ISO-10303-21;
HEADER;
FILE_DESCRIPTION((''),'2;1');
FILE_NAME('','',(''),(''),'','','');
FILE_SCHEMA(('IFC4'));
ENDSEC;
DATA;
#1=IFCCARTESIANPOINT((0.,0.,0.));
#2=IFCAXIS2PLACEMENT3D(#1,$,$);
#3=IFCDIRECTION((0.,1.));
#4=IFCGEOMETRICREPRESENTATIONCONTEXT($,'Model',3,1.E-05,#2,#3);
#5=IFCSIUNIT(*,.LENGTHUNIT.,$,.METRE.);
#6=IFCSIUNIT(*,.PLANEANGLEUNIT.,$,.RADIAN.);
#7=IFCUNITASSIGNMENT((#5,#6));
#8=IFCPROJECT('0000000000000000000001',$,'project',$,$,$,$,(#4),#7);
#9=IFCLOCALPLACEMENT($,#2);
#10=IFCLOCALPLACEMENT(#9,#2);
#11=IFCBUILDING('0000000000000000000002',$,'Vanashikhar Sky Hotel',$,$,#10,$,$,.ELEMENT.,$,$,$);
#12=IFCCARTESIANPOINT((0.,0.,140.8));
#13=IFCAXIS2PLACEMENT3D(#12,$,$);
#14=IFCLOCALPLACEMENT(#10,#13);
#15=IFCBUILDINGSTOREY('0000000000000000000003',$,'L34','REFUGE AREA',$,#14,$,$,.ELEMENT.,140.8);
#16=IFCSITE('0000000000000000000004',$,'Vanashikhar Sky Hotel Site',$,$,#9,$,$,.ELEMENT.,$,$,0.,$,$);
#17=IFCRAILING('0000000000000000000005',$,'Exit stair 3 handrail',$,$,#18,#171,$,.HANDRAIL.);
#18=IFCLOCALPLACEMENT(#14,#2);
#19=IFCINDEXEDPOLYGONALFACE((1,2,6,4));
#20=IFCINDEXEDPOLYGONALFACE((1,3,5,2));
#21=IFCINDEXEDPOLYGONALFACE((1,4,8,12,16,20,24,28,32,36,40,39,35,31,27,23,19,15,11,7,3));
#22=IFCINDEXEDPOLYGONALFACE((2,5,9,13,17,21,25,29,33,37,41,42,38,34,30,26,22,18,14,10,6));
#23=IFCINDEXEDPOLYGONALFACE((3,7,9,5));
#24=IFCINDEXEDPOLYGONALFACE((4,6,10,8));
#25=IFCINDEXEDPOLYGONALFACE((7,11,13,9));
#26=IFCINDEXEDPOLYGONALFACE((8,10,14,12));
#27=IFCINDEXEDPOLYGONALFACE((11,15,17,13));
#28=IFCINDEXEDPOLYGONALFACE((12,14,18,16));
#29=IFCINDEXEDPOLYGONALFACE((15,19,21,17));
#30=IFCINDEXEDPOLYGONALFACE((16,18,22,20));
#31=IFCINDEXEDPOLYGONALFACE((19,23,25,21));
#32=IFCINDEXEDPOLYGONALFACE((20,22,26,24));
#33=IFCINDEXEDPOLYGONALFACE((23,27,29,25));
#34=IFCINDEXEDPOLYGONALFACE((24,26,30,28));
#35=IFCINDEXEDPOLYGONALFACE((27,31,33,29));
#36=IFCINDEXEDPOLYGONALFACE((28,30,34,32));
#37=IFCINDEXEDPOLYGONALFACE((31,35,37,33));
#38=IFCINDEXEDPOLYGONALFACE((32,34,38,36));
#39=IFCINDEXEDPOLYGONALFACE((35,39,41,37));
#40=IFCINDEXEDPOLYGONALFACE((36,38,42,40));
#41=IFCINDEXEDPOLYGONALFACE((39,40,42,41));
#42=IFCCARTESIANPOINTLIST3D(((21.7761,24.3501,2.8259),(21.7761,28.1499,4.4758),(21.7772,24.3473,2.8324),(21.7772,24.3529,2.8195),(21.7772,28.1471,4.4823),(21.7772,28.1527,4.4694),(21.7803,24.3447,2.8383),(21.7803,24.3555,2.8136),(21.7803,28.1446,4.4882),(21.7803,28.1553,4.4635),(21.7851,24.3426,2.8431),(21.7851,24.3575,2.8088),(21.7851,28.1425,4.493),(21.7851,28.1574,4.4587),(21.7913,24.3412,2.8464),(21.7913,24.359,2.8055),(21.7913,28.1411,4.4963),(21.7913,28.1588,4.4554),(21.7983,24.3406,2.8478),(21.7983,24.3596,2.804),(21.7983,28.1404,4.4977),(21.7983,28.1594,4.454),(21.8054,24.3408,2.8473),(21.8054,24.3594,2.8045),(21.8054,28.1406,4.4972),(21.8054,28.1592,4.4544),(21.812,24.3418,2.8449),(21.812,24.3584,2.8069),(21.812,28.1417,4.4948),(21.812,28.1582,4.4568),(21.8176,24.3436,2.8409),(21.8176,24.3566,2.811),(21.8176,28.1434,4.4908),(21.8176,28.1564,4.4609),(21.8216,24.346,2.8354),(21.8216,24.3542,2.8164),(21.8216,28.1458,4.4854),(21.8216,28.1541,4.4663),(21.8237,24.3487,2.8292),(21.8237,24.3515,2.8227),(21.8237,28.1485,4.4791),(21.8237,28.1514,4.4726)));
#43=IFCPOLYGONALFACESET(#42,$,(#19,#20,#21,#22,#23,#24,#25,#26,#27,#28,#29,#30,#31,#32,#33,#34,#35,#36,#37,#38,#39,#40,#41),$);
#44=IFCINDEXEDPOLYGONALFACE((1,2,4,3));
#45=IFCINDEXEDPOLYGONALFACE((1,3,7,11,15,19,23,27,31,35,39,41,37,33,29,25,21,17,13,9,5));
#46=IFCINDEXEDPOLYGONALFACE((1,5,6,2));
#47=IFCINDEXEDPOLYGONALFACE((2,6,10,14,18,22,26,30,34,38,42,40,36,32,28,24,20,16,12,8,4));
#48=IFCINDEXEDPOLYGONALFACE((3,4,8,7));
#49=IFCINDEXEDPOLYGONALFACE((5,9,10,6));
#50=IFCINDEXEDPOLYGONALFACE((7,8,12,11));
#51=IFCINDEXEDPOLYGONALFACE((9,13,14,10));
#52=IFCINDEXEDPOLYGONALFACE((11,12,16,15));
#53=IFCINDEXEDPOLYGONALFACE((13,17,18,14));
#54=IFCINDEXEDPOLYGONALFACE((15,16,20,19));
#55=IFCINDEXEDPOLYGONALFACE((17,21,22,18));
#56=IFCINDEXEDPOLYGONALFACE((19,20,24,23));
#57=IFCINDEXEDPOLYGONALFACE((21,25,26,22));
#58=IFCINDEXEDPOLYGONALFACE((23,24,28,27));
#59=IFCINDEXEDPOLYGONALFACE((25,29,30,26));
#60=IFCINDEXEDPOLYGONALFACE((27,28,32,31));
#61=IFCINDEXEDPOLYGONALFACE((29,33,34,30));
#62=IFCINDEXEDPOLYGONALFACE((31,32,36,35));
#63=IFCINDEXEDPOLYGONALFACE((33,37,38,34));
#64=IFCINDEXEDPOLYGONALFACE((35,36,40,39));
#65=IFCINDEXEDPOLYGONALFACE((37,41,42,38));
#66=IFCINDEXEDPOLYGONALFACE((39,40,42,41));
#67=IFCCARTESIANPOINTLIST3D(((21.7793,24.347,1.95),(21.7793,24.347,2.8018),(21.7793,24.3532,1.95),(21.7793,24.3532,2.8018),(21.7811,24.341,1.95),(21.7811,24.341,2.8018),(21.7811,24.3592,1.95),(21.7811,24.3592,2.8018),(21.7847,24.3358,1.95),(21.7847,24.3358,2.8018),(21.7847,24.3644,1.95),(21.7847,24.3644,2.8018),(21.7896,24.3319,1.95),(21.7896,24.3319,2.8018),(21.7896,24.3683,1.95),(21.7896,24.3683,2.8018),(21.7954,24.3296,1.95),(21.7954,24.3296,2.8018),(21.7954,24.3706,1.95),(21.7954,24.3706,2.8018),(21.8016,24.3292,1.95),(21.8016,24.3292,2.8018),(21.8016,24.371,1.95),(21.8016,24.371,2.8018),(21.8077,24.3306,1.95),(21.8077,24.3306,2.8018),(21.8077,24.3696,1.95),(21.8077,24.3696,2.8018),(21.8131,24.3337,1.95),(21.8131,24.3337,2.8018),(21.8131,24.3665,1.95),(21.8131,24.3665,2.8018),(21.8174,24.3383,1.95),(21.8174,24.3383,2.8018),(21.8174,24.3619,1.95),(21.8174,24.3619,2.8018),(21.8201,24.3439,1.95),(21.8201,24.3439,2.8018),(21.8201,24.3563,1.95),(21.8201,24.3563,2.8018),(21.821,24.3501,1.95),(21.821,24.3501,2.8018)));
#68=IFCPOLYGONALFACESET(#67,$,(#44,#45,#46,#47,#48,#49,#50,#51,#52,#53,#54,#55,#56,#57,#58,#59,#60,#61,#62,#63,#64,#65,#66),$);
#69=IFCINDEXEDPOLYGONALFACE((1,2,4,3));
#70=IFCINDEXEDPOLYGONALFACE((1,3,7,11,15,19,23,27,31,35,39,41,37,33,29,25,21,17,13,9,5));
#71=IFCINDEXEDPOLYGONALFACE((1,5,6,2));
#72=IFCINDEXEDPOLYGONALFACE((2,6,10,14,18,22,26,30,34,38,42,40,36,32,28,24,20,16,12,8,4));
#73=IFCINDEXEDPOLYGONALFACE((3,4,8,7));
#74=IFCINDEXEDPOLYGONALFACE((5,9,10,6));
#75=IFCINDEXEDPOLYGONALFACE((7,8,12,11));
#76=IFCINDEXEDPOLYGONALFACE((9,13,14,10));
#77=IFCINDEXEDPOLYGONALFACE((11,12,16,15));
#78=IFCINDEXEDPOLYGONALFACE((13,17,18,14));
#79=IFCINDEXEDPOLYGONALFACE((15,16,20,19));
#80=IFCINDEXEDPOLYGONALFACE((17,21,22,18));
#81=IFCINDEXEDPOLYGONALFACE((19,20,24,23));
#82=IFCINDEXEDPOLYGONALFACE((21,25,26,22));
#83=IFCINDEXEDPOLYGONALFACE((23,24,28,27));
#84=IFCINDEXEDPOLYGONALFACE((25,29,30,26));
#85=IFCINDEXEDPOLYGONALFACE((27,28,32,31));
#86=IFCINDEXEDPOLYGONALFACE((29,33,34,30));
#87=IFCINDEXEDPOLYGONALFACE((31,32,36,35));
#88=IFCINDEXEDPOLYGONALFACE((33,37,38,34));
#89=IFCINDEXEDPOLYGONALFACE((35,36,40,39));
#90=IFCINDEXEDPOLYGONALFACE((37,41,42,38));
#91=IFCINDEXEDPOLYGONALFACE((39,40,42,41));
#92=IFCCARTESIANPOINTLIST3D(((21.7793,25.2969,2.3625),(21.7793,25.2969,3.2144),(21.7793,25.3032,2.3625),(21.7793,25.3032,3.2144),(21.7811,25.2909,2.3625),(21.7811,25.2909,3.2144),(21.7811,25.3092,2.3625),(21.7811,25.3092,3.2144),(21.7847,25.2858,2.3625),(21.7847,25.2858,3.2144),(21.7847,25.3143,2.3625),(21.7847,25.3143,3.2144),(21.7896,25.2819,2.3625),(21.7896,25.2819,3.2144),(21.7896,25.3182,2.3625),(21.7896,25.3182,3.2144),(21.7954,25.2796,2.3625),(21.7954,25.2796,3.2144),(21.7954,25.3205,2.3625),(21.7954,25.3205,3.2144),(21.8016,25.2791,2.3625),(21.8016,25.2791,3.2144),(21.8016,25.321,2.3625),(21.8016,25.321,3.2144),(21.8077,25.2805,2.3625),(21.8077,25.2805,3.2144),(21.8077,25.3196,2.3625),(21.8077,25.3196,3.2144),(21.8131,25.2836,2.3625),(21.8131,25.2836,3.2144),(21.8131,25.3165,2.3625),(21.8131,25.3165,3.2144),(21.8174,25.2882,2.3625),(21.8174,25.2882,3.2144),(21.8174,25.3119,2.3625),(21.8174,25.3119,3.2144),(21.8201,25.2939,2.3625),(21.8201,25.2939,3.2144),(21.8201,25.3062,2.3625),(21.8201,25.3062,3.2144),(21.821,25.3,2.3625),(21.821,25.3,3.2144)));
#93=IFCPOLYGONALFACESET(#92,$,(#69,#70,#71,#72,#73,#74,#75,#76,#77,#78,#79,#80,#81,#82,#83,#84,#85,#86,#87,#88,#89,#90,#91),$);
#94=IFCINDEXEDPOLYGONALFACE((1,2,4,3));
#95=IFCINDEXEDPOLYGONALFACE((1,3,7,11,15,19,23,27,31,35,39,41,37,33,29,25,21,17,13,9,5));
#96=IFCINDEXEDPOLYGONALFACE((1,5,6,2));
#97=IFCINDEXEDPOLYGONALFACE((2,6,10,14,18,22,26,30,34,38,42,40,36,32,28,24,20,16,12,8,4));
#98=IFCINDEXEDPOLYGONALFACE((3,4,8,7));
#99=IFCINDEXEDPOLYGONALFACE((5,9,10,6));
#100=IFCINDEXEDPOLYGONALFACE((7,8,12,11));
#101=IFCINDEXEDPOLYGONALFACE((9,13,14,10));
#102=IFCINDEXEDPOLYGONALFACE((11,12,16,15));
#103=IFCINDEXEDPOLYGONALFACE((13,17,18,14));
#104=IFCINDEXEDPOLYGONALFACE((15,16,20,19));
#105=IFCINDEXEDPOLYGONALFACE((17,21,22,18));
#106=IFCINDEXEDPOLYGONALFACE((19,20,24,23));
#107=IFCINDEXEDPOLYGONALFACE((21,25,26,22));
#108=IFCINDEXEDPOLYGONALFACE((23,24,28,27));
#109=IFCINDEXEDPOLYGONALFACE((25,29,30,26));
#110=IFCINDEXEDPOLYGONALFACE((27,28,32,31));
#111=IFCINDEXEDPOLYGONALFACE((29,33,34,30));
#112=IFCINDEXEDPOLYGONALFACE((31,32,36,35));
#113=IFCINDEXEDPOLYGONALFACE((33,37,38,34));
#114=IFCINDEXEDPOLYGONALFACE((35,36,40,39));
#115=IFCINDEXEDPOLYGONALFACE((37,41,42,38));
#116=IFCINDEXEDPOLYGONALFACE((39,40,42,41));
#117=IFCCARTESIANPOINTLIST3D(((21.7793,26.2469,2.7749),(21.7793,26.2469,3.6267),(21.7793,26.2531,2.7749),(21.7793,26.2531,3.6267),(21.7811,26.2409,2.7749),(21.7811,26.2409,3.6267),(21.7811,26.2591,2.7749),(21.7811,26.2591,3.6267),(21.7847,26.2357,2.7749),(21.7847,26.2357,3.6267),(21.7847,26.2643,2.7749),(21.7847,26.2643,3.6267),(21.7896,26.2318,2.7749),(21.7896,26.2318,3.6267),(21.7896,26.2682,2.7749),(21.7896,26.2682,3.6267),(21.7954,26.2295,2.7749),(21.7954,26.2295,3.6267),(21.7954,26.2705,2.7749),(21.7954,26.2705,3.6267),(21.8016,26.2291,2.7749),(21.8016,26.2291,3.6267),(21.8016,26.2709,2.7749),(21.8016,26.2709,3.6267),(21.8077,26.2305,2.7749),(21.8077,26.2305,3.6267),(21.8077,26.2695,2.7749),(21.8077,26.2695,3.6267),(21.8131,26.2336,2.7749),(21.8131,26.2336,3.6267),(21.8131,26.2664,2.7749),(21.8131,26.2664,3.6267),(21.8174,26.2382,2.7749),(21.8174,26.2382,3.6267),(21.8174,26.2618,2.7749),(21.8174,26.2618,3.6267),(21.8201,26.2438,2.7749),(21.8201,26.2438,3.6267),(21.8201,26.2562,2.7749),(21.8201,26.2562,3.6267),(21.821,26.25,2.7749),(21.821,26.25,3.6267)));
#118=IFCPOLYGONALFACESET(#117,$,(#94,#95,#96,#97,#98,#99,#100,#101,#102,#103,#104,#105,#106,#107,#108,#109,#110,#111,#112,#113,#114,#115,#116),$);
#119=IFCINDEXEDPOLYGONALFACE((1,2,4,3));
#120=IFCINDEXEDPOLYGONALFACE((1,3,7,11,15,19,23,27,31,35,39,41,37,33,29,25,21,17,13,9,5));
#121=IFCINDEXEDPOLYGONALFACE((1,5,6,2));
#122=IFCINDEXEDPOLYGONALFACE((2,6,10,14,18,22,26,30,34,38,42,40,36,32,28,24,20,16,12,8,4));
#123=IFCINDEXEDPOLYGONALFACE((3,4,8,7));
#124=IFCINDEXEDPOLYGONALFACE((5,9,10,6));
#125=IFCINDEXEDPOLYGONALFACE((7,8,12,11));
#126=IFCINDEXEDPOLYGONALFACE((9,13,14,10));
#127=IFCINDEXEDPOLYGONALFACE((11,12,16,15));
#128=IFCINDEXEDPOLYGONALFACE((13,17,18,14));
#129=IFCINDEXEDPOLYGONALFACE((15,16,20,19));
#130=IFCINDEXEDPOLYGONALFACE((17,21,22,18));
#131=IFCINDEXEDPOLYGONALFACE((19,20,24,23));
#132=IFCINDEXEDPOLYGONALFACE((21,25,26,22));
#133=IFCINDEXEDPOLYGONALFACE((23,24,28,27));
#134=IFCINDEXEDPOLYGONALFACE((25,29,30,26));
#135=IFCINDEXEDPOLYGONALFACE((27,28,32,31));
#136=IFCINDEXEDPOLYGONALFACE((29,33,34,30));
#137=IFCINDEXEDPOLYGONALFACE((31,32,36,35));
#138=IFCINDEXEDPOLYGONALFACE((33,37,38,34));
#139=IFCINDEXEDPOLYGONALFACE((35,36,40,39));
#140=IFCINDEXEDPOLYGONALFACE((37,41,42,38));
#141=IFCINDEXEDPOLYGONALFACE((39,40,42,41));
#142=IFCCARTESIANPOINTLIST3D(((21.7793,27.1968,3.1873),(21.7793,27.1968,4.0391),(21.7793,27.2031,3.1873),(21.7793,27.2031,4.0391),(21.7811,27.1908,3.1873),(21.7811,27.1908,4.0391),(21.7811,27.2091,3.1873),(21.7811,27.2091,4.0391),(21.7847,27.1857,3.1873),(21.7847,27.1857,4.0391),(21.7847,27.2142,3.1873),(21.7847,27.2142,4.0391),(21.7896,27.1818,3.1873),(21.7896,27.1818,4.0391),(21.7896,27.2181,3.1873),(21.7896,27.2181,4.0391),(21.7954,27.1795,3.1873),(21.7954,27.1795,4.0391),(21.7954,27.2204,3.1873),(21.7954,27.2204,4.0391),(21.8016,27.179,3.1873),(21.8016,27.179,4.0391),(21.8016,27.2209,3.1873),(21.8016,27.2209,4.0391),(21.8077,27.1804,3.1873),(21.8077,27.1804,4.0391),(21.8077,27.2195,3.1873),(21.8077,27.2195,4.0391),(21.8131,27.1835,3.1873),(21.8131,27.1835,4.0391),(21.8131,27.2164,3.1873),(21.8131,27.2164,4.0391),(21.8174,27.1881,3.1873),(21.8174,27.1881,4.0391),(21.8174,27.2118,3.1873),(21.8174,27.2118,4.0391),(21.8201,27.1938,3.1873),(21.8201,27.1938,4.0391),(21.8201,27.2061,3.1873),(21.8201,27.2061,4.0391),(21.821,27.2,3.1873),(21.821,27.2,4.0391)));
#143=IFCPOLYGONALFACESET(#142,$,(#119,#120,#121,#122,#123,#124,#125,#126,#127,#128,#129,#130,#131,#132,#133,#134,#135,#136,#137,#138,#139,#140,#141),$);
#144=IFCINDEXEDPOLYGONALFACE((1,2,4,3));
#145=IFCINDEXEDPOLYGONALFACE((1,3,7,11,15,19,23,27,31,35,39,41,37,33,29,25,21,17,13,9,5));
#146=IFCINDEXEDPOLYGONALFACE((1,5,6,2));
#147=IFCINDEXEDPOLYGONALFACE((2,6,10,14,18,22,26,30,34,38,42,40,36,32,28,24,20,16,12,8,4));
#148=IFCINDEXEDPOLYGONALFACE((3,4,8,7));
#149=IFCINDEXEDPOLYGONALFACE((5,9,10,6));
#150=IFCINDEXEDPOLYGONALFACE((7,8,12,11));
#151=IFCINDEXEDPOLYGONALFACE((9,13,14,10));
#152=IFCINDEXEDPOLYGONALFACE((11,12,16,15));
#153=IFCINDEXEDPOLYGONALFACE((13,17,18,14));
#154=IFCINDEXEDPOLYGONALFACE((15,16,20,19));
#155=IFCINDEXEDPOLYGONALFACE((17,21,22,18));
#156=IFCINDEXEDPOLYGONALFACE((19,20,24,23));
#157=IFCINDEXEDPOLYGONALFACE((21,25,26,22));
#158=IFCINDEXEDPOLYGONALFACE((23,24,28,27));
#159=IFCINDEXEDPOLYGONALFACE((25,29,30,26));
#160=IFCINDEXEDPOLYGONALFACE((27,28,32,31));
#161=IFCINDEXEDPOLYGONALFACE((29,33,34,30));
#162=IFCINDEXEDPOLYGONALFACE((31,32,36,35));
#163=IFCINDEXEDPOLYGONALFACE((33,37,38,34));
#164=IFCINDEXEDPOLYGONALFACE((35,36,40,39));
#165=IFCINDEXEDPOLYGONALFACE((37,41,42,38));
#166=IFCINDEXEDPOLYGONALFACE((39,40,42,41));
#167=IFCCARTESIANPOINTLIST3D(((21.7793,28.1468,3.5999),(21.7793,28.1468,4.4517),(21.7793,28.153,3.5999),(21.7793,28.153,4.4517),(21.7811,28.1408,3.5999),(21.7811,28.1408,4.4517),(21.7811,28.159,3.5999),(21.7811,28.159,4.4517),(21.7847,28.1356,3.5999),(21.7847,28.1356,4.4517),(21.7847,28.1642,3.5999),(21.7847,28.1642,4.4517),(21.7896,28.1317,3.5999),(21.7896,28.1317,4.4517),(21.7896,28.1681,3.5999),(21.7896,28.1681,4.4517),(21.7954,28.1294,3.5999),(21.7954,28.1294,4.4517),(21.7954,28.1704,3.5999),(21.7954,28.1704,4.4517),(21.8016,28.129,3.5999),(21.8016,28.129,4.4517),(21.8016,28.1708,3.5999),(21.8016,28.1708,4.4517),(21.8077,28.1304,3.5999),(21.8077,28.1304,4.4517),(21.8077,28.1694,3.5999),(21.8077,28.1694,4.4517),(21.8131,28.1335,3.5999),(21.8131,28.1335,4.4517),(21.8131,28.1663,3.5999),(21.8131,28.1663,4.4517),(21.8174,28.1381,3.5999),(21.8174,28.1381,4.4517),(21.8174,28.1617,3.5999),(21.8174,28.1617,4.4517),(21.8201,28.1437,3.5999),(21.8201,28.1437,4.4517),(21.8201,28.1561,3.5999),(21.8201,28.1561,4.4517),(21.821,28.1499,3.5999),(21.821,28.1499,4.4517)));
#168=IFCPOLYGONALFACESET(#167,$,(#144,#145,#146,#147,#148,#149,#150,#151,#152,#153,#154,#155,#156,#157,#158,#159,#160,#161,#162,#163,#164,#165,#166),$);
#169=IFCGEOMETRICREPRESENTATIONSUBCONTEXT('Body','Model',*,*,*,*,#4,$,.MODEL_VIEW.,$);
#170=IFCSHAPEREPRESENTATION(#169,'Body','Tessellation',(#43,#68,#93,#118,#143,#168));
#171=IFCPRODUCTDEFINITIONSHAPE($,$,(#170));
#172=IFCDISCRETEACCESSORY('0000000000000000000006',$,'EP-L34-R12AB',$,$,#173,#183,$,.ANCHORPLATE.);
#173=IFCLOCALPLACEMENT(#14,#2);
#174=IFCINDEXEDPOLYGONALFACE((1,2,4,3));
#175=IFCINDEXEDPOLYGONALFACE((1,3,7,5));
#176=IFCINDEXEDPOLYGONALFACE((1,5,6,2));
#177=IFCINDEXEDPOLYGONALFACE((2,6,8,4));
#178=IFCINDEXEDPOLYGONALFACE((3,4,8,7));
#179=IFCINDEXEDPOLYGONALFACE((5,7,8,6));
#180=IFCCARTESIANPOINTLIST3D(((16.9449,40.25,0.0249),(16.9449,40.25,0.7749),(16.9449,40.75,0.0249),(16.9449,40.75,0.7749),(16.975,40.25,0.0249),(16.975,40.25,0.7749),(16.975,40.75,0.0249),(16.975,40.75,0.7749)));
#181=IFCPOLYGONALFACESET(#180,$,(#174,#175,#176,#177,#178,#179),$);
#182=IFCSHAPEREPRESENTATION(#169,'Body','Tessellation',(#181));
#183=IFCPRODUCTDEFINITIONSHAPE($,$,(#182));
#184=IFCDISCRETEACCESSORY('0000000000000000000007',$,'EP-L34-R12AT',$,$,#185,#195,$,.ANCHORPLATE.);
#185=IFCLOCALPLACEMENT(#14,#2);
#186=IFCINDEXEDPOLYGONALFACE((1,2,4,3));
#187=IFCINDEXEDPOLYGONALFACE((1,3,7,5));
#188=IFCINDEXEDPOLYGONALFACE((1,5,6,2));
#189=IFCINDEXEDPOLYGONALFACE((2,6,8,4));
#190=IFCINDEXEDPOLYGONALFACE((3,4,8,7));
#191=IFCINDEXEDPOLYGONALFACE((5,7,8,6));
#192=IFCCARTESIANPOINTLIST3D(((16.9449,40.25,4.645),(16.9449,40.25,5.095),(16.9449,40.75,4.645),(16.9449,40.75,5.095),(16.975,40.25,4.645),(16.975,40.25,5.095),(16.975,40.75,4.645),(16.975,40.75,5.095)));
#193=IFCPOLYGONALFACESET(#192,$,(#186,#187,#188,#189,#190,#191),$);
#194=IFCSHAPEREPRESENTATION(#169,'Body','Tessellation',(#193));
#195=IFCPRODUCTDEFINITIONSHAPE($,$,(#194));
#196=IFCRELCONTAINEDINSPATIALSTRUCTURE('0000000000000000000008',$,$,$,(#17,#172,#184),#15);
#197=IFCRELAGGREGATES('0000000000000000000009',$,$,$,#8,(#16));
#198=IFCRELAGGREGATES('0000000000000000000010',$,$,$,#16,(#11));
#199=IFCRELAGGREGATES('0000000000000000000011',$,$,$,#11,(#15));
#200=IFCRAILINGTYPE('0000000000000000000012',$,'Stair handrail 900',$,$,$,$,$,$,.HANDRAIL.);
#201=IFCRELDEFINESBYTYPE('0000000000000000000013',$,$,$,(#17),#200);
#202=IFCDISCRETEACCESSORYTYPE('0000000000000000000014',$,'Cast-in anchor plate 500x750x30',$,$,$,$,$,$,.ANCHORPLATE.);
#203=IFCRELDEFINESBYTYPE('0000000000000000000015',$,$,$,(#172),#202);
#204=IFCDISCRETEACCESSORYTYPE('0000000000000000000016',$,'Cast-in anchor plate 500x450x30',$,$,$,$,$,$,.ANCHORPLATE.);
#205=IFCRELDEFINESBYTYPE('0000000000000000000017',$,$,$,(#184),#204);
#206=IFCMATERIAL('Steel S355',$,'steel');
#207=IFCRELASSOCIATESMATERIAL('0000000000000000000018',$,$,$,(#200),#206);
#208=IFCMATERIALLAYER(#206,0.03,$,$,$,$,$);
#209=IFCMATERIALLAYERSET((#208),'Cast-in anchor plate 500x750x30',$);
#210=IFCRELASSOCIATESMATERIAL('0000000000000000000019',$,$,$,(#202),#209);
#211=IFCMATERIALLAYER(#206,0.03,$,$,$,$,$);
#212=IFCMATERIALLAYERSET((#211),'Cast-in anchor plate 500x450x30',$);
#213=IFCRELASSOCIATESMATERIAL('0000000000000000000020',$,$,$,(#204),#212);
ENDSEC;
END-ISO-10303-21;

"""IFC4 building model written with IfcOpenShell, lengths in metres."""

from ifc_helpers import new_model, si_unit, direction, frame, origin, origin_2d, place, context, subcontext, project, spatial, rectangle, circle, extrude, source, transform, mapped, material, layer, layer_set, type_object, element, save


model = new_model("IFC4")

# Units and contexts
model_context = context("Model", 3, precision=1e-05, world=origin(), true_north=direction((0.0, 1.0)))
body_context = subcontext(model_context, "Body", "Model", "MODEL_VIEW")
ifc_project = project(units=[si_unit("LENGTHUNIT", "METRE"), si_unit("PLANEANGLEUNIT", "RADIAN")], contexts=[model_context])

# Site, building, storey
site_placement = place(None, origin())
site = spatial("IfcSite", under=ifc_project, at=site_placement, Name="Vanashikhar Sky Hotel Site", CompositionType="ELEMENT", RefElevation=0.0)
building_placement = place(site_placement, origin())
building = spatial("IfcBuilding", under=site, at=building_placement, Name="Vanashikhar Sky Hotel", CompositionType="ELEMENT")
storey_placement = place(building_placement, frame((0.0, 0.0, 140.8)))
storey = spatial("IfcBuildingStorey", under=building, at=storey_placement, Name="L34", Description="REFUGE AREA", CompositionType="ELEMENT", Elevation=140.8)

# Shared definitions
ifc_material_1 = material(Name="Steel S355", Category="steel")

# Railing
railing_type_1 = type_object("IfcRailingType", Name="Stair handrail 900", PredefinedType="HANDRAIL", material=ifc_material_1)
shared_shape_1 = source(origin(), body_context, "Body", "SweptSolid", [
    extrude(circle(Radius=0.0239, at=origin_2d()), frame((0.0, 0.0, 0.876), z_axis=(0.0, 0.917263, 0.398282), x_axis=(-1.0, 0.0, 0.0)), (0.0, 0.0, 1.0), 4.1426),
    extrude(circle(Radius=0.021, at=origin_2d()), origin(), (0.0, 0.0, 1.0), 0.8518),
    extrude(circle(Radius=0.021, at=origin_2d()), frame((0.0, 0.95, 0.4126)), (0.0, 0.0, 1.0), 0.8518),
    extrude(circle(Radius=0.021, at=origin_2d()), frame((0.0, 1.8999, 0.825)), (0.0, 0.0, 1.0), 0.8518),
    extrude(circle(Radius=0.021, at=origin_2d()), frame((0.0, 2.8499, 1.2373)), (0.0, 0.0, 1.0), 0.8518),
    extrude(circle(Radius=0.021, at=origin_2d()), frame((0.0, 3.7998, 1.6499)), (0.0, 0.0, 1.0), 0.8518),
])
railing_1_placement = place(storey_placement, frame((21.8, 24.3501, 1.95)))
element("IfcRailing", 1, at=railing_1_placement, inside=storey, type_object=railing_type_1, Name="Exit stair 3 handrail", PredefinedType="HANDRAIL", context=body_context, shape_type="MappedRepresentation", body=[
    mapped(shared_shape_1, transform((0.0, 0.0, 0.0), scale=1.0)),
])

# Discrete accessories
ifc_layer_1 = layer(ifc_material_1, 0.03)
ifc_layer_set_1 = layer_set([ifc_layer_1], Name="Cast-in anchor plate 500x750x30")
discrete_accessory_type_1 = type_object("IfcDiscreteAccessoryType", Name="Cast-in anchor plate 500x750x30", PredefinedType="ANCHORPLATE", material=ifc_layer_set_1)
shared_shape_2 = source(origin(), body_context, "Body", "SweptSolid", [
    extrude(rectangle(XDim=0.03, YDim=0.5, at=origin_2d()), origin(), (0.0, 0.0, 1.0), 0.75),
])
discrete_accessory_1_placement = place(storey_placement, frame((16.96, 40.5, 0.0249), z_axis=(0.0, 0.0, 1.0), x_axis=(1.0, 0.0, 0.0)))
element("IfcDiscreteAccessory", 2, at=discrete_accessory_1_placement, inside=storey, type_object=discrete_accessory_type_1, Name="EP-L34-R12AB", PredefinedType="ANCHORPLATE", context=body_context, shape_type="MappedRepresentation", body=[
    mapped(shared_shape_2, transform((0.0, 0.0, 0.0), scale=1.0)),
])
ifc_layer_2 = layer(ifc_material_1, 0.03)
ifc_layer_set_2 = layer_set([ifc_layer_2], Name="Cast-in anchor plate 500x450x30")
discrete_accessory_type_2 = type_object("IfcDiscreteAccessoryType", Name="Cast-in anchor plate 500x450x30", PredefinedType="ANCHORPLATE", material=ifc_layer_set_2)
shared_shape_3 = source(origin(), body_context, "Body", "SweptSolid", [
    extrude(rectangle(XDim=0.03, YDim=0.5, at=origin_2d()), origin(), (0.0, 0.0, 1.0), 0.45),
])
discrete_accessory_2_placement = place(storey_placement, frame((16.96, 40.5, 4.645), z_axis=(0.0, 0.0, 1.0), x_axis=(1.0, 0.0, 0.0)))
element("IfcDiscreteAccessory", 3, at=discrete_accessory_2_placement, inside=storey, type_object=discrete_accessory_type_2, Name="EP-L34-R12AT", PredefinedType="ANCHORPLATE", context=body_context, shape_type="MappedRepresentation", body=[
    mapped(shared_shape_3, transform((0.0, 0.0, 0.0), scale=1.0)),
])

save(model, "model.ifc")
